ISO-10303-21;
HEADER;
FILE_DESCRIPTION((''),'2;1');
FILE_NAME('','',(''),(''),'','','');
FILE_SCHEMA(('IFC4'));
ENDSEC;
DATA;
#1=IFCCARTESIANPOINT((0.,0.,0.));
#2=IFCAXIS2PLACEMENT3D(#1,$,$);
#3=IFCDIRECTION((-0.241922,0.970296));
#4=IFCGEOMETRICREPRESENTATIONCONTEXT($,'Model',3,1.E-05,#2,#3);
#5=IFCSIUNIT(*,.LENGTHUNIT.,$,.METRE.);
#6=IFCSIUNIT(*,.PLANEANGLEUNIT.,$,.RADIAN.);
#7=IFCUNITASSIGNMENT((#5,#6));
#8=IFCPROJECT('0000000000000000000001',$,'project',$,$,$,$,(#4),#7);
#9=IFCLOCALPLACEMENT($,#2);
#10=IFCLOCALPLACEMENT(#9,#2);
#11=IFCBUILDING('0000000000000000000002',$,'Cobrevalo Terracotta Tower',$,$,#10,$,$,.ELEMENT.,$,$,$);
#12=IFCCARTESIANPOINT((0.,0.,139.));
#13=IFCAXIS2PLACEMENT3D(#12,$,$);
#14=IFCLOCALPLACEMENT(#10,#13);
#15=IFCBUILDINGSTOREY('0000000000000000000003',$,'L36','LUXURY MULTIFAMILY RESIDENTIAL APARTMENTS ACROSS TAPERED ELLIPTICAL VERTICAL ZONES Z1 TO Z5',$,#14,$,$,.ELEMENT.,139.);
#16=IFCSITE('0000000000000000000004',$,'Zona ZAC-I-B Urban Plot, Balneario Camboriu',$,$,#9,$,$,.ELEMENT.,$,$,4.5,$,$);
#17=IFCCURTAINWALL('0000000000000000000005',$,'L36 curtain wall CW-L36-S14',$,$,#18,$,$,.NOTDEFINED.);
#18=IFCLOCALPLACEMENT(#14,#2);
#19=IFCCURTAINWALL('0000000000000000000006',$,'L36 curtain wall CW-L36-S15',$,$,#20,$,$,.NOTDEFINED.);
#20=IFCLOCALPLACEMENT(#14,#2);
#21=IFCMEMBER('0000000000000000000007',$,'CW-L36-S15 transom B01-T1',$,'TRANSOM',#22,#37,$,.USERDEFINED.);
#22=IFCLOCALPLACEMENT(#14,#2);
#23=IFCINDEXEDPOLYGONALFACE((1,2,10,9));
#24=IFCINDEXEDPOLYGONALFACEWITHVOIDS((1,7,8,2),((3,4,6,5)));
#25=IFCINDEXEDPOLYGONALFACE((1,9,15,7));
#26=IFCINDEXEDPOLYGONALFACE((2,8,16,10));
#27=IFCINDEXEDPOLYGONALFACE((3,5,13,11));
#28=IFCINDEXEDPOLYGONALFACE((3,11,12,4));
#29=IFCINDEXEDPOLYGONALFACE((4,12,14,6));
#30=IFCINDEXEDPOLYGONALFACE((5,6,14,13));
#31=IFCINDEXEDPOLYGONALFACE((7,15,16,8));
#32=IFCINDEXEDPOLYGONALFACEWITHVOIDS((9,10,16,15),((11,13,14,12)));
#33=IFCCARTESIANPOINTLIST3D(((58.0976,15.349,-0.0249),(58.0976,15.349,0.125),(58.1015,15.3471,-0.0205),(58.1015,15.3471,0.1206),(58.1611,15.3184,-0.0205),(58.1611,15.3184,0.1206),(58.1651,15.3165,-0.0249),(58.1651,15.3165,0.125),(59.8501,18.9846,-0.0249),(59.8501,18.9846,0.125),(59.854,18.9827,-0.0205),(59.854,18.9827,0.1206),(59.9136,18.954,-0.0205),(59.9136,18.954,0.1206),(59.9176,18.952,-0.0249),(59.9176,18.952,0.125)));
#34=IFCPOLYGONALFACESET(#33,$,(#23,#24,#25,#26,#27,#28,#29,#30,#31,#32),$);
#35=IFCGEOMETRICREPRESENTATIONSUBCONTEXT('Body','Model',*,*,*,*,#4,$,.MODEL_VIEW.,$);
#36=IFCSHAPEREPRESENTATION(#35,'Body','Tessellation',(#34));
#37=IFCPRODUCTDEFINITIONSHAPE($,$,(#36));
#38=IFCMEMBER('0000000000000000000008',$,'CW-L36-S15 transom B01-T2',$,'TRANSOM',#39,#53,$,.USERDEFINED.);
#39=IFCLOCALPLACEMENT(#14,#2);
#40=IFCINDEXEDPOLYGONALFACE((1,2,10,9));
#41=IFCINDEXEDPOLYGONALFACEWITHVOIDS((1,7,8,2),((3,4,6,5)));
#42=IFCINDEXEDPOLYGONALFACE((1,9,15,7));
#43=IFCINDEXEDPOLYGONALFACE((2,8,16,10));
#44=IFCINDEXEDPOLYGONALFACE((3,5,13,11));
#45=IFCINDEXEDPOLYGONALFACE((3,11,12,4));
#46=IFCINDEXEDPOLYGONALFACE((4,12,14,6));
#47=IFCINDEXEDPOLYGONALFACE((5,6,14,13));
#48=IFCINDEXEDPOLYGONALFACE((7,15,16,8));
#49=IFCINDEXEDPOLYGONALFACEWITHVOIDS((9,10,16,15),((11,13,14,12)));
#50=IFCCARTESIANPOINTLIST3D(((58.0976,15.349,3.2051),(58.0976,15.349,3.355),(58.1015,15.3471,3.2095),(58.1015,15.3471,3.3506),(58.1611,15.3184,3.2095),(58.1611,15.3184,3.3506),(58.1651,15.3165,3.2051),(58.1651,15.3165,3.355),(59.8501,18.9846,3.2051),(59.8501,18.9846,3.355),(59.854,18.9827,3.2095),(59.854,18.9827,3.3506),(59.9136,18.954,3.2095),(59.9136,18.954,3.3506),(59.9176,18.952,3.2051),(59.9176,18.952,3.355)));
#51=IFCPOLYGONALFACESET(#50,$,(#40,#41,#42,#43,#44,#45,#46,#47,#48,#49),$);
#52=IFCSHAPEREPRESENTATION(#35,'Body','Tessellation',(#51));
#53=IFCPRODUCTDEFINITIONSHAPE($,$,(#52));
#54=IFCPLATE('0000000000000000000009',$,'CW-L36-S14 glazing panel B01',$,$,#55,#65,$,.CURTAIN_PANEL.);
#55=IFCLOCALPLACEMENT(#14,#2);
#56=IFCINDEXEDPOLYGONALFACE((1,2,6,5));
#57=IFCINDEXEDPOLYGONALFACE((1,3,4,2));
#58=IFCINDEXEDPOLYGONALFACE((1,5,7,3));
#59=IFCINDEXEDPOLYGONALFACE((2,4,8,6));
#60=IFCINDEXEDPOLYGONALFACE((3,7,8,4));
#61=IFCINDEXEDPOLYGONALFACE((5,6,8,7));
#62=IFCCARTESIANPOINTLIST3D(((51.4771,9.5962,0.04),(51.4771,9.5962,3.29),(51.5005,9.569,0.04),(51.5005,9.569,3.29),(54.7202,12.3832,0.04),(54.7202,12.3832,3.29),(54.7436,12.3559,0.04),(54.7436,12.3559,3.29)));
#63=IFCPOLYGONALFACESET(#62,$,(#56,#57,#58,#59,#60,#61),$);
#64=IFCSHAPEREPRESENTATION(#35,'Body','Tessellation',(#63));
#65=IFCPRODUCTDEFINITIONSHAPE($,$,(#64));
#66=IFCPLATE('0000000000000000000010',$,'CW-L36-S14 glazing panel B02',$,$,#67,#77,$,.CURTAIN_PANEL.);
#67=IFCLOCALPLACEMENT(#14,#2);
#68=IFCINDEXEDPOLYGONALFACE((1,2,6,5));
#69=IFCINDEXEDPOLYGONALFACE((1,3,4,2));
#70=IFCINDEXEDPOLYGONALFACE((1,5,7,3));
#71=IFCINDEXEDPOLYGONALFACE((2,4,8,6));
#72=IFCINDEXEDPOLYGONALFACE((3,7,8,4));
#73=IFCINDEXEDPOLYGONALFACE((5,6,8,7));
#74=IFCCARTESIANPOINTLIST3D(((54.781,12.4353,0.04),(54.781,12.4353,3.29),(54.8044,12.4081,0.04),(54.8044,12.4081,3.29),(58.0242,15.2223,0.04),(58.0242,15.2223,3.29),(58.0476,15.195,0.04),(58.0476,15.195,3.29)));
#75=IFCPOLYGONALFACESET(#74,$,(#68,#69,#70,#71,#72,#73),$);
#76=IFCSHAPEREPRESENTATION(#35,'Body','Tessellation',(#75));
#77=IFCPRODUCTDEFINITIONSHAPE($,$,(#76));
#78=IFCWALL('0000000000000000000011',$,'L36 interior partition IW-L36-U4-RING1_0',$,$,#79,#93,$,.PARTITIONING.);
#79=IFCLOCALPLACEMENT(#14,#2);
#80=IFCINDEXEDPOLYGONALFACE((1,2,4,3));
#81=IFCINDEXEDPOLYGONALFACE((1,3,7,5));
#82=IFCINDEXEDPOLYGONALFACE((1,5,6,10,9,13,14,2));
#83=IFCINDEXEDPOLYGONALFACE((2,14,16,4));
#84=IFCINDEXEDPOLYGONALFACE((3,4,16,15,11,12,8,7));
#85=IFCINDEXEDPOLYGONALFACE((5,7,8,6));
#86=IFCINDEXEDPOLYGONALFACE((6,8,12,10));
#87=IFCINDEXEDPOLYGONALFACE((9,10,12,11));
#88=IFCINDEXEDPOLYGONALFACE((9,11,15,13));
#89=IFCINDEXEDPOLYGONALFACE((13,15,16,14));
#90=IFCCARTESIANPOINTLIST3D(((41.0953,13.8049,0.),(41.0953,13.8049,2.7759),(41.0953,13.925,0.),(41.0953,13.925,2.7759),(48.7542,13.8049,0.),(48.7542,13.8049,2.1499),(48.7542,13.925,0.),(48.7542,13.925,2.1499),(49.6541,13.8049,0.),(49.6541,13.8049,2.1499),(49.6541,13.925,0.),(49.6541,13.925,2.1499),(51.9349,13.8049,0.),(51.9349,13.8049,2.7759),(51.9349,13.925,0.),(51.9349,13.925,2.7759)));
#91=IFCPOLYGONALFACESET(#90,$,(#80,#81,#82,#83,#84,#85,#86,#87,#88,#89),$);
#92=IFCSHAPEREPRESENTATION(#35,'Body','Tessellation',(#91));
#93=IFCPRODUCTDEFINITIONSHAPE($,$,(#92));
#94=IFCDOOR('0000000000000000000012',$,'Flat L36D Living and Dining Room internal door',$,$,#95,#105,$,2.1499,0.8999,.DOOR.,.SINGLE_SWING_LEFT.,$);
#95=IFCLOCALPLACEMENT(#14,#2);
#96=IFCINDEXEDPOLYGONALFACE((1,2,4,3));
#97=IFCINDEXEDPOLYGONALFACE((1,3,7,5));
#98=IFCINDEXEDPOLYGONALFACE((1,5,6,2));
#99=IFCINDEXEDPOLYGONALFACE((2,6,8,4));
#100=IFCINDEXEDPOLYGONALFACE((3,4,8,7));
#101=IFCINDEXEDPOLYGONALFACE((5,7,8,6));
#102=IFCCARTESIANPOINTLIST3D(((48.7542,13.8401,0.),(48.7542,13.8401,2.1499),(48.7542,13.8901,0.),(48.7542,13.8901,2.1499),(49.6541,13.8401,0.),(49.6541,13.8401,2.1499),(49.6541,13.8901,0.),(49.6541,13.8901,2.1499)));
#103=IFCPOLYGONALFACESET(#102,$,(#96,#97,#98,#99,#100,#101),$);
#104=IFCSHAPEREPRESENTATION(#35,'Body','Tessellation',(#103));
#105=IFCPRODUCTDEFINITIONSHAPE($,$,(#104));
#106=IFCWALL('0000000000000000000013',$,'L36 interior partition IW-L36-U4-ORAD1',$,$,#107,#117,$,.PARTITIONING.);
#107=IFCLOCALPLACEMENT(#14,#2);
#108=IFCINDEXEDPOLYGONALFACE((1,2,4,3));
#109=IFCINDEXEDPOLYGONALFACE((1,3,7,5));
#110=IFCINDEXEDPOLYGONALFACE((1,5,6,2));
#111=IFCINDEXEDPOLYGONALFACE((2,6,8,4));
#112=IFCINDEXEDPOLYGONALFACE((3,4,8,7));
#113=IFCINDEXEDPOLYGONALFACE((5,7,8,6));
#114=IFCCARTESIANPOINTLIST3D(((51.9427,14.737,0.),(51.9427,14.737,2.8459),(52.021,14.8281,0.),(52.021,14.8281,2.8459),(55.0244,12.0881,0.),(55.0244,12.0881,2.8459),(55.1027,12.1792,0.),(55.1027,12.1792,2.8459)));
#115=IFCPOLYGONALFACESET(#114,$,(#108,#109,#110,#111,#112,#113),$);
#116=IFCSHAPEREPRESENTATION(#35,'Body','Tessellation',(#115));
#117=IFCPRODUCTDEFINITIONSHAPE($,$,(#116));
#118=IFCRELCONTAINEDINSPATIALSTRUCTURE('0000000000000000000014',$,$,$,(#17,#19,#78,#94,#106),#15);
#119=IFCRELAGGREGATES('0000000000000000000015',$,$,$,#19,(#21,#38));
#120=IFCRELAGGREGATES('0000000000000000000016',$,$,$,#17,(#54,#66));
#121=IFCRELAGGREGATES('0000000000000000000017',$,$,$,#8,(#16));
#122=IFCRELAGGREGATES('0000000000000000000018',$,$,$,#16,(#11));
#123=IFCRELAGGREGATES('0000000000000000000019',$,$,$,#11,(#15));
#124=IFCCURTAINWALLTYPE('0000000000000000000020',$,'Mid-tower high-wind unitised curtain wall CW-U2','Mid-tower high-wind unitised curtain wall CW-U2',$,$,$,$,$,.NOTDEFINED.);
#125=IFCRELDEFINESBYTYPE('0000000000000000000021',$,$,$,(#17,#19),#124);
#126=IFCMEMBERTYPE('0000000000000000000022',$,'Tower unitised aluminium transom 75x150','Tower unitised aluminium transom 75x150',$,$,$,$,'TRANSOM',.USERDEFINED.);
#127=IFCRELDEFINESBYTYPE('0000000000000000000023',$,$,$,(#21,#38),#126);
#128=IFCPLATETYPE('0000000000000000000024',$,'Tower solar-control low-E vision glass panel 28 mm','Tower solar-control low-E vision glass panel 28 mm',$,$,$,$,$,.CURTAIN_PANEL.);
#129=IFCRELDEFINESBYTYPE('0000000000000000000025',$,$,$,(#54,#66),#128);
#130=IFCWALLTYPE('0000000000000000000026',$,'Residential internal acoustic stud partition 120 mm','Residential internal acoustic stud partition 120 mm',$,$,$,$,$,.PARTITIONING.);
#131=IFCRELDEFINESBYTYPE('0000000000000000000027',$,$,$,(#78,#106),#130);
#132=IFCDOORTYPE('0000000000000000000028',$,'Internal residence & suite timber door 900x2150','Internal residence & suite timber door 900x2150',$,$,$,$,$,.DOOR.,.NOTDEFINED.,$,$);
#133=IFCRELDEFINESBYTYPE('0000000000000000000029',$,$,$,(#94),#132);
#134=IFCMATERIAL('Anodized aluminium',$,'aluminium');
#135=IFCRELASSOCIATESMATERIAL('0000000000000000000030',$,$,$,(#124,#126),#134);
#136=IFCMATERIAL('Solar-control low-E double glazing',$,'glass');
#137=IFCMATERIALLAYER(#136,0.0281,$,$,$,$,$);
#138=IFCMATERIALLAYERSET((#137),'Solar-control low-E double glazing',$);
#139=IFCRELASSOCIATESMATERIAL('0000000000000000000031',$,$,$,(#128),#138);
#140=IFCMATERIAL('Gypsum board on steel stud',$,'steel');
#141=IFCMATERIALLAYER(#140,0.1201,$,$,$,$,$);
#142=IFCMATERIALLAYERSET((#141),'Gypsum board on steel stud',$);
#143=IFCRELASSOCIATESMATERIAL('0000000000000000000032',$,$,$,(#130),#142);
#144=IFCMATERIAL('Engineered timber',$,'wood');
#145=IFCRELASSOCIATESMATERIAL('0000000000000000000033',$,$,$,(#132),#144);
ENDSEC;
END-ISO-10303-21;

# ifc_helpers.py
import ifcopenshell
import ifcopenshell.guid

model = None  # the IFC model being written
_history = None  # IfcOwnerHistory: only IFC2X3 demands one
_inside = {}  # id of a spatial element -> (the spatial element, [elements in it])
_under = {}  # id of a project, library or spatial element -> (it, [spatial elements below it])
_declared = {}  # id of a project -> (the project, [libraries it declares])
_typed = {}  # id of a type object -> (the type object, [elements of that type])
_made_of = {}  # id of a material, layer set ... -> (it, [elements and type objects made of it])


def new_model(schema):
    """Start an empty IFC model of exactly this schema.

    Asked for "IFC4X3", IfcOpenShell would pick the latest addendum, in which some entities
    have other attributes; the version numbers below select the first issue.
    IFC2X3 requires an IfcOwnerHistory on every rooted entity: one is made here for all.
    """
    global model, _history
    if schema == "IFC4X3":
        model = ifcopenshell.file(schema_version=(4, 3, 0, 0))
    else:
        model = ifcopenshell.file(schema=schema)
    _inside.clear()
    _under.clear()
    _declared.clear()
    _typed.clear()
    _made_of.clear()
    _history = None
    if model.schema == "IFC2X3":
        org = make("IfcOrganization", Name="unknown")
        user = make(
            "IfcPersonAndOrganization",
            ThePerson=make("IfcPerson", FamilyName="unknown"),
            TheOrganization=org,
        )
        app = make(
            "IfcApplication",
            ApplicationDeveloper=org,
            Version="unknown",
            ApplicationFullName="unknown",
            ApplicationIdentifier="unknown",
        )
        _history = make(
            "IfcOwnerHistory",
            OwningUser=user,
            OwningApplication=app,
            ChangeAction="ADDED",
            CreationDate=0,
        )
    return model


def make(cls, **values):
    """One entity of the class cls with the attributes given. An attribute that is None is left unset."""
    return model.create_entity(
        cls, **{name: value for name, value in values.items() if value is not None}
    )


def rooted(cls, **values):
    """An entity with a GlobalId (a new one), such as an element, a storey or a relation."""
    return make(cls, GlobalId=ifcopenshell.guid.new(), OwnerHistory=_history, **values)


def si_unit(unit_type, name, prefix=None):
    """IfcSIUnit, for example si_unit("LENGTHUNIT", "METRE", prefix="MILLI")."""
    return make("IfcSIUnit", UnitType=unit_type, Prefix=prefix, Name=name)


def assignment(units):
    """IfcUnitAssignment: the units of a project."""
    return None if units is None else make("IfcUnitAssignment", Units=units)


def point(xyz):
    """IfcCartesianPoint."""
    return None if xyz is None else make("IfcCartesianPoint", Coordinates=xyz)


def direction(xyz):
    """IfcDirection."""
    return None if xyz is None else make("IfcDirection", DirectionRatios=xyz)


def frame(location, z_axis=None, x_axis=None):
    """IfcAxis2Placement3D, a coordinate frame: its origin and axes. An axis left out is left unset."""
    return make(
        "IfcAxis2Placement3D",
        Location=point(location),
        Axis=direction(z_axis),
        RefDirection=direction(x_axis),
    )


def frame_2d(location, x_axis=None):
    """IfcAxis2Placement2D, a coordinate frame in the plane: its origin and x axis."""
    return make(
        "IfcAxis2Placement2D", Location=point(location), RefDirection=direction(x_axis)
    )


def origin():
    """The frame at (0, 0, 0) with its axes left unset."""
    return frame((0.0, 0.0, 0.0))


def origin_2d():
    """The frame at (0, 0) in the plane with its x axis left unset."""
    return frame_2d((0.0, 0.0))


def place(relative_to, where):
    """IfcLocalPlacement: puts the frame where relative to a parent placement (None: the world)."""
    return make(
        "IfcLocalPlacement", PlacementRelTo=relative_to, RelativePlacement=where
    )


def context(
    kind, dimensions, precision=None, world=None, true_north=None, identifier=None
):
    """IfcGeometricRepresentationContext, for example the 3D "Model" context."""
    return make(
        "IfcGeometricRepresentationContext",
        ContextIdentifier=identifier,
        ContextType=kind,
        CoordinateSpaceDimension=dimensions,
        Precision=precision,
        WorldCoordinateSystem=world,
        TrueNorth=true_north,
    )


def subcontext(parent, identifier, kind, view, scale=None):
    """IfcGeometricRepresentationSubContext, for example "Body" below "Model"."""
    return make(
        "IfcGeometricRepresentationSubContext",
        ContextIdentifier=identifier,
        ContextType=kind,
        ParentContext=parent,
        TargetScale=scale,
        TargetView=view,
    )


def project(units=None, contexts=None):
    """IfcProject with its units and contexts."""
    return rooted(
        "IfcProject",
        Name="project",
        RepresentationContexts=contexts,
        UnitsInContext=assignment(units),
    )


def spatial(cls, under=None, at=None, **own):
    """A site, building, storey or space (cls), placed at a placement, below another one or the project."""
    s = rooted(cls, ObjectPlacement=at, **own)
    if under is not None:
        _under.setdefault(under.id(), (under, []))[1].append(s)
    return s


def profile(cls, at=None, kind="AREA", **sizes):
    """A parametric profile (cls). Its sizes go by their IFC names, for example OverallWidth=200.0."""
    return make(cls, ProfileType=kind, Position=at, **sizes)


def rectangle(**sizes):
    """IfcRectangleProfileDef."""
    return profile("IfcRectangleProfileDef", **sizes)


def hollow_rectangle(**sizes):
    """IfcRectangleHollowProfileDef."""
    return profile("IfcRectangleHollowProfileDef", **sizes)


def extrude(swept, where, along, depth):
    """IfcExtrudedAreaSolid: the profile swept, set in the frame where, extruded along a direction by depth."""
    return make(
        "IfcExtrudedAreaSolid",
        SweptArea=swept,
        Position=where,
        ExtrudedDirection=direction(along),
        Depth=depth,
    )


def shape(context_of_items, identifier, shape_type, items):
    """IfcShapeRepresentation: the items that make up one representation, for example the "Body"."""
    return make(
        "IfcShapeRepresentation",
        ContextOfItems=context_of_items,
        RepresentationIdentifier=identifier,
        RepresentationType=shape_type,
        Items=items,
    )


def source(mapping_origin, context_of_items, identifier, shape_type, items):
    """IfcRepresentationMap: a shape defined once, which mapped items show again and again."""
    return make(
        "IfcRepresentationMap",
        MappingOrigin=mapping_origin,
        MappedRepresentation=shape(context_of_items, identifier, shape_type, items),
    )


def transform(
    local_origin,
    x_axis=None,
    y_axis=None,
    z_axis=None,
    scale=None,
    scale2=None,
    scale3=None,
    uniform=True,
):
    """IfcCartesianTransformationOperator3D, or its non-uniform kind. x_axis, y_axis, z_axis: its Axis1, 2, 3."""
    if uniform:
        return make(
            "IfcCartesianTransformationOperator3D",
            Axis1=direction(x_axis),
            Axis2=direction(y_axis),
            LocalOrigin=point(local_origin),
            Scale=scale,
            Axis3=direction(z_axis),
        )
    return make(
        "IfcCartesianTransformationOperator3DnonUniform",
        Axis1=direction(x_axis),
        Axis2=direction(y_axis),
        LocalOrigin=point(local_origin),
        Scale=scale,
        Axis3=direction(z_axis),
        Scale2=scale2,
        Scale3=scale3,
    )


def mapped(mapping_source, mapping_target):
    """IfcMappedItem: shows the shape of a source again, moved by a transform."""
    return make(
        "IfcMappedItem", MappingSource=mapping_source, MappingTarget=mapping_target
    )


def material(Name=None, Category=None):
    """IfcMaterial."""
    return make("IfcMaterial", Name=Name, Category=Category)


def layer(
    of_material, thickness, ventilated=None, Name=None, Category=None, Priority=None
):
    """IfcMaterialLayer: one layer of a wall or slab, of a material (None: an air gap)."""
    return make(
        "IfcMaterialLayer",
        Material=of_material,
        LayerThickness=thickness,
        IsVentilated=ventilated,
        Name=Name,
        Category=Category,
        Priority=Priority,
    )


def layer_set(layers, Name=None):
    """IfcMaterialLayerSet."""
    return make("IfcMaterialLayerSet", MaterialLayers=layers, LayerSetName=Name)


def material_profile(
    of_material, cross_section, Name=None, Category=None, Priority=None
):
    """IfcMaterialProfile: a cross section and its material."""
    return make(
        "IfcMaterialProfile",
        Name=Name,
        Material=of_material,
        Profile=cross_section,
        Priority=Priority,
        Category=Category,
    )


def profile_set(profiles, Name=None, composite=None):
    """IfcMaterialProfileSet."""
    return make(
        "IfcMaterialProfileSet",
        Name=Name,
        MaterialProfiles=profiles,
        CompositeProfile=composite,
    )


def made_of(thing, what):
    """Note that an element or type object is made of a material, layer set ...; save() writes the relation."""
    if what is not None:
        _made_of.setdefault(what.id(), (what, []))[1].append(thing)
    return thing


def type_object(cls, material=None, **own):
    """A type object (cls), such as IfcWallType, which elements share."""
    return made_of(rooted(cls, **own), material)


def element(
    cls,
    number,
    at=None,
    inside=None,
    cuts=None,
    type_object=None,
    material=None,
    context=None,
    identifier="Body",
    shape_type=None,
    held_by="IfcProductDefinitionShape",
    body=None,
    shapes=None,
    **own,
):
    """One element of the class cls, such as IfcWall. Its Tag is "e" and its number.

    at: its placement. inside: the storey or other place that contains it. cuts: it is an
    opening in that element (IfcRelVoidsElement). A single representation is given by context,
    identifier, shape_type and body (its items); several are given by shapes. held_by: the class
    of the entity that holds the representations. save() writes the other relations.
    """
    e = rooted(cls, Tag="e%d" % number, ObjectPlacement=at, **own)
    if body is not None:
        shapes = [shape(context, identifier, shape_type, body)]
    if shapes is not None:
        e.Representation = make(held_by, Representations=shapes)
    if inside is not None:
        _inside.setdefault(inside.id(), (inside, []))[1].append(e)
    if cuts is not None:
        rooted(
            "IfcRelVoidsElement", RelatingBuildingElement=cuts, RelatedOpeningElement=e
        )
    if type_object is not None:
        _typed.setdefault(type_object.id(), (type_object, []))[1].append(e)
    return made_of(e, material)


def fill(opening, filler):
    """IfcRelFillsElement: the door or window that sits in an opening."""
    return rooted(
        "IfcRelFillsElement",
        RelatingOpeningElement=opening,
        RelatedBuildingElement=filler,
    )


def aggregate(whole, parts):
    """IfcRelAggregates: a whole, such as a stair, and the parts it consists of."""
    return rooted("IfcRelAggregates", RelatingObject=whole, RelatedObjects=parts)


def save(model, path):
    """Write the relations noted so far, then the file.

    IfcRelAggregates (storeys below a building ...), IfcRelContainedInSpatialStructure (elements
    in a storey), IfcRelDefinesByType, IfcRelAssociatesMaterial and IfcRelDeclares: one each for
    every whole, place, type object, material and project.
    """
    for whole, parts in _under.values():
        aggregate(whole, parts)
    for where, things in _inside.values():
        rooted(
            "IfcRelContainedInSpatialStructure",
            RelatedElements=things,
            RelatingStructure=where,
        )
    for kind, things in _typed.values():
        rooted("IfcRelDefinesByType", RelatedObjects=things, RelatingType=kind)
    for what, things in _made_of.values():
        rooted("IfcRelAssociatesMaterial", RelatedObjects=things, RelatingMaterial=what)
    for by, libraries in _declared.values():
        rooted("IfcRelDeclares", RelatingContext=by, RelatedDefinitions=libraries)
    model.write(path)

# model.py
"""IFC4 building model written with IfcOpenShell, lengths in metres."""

from ifc_helpers import new_model, si_unit, direction, frame, frame_2d, origin, origin_2d, place, context, subcontext, project, spatial, rectangle, hollow_rectangle, extrude, source, transform, mapped, material, layer, layer_set, material_profile, profile_set, type_object, element, fill, aggregate, save


model = new_model("IFC4")

# Units and contexts
model_context = context("Model", 3, precision=1e-05, world=origin(), true_north=direction((-0.241922, 0.970296)))
body_context = subcontext(model_context, "Body", "Model", "MODEL_VIEW")
ifc_project = project(units=[si_unit("LENGTHUNIT", "METRE"), si_unit("PLANEANGLEUNIT", "RADIAN")], contexts=[model_context])

# Site, building, storey
site_placement = place(None, origin())
site = spatial("IfcSite", under=ifc_project, at=site_placement, Name="Zona ZAC-I-B Urban Plot, Balneario Camboriu", CompositionType="ELEMENT", RefElevation=4.5)
building_placement = place(site_placement, origin())
building = spatial("IfcBuilding", under=site, at=building_placement, Name="Cobrevalo Terracotta Tower", CompositionType="ELEMENT")
storey_placement = place(building_placement, frame((0.0, 0.0, 139.0)))
storey = spatial("IfcBuildingStorey", under=building, at=storey_placement, Name="L36", Description="LUXURY MULTIFAMILY RESIDENTIAL APARTMENTS ACROSS TAPERED ELLIPTICAL VERTICAL ZONES Z1 TO Z5", CompositionType="ELEMENT", Elevation=139.0)

# Curtain wall
ifc_material_1 = material(Name="Anodized aluminium", Category="aluminium")
curtain_wall_type = type_object("IfcCurtainWallType", Name="Mid-tower high-wind unitised curtain wall CW-U2", Description="Mid-tower high-wind unitised curtain wall CW-U2", PredefinedType="NOTDEFINED", material=ifc_material_1)
curtain_wall_1_placement = place(storey_placement, origin())
curtain_wall_1 = element("IfcCurtainWall", 1, at=curtain_wall_1_placement, inside=storey, type_object=curtain_wall_type, Name="L36 curtain wall CW-L36-S14", PredefinedType="NOTDEFINED")

# Curtain wall
curtain_wall_2_placement = place(storey_placement, origin())
curtain_wall_2 = element("IfcCurtainWall", 2, at=curtain_wall_2_placement, inside=storey, type_object=curtain_wall_type, Name="L36 curtain wall CW-L36-S15", PredefinedType="NOTDEFINED")

# Members
ifc_material_profile_1 = material_profile(ifc_material_1, hollow_rectangle(XDim=0.075, YDim=0.1499, WallThickness=0.0044, at=origin_2d()), Name="CWT 75x150")
ifc_profile_set_1 = profile_set([ifc_material_profile_1], Name="Anodized aluminium")
member_type_1 = type_object("IfcMemberType", Name="Tower unitised aluminium transom 75x150", Description="Tower unitised aluminium transom 75x150", ElementType="TRANSOM", PredefinedType="USERDEFINED", material=ifc_profile_set_1)
shared_shape_1 = source(origin(), body_context, "Body", "SweptSolid", [
    extrude(hollow_rectangle(XDim=0.075, YDim=0.1499, WallThickness=0.0044, at=origin_2d()), origin(), (0.0, 0.0, 1.0), 4.0359),
])
member_1_placement = place(storey_placement, frame((58.1313, 15.3328, 0.05), z_axis=(0.434221, 0.900806, 0.0), x_axis=(-0.900806, 0.434221, 0.0)))
member_1 = element("IfcMember", 3, at=member_1_placement, type_object=member_type_1, Name="CW-L36-S15 transom B01-T1", ObjectType="TRANSOM", PredefinedType="USERDEFINED", context=body_context, shape_type="MappedRepresentation", body=[
    mapped(shared_shape_1, transform((0.0, 0.0, 0.0), scale=1.0)),
])
member_2_placement = place(storey_placement, frame((58.1313, 15.3328, 3.28), z_axis=(0.434221, 0.900806, 0.0), x_axis=(-0.900806, 0.434221, 0.0)))
member_2 = element("IfcMember", 4, at=member_2_placement, type_object=member_type_1, Name="CW-L36-S15 transom B01-T2", ObjectType="TRANSOM", PredefinedType="USERDEFINED", context=body_context, shape_type="MappedRepresentation", body=[
    mapped(shared_shape_1, transform((0.0, 0.0, 0.0), scale=1.0)),
])
aggregate(curtain_wall_2, [member_1, member_2])

# Plates
ifc_material_2 = material(Name="Solar-control low-E double glazing", Category="glass")
ifc_layer_1 = layer(ifc_material_2, 0.0281)
ifc_layer_set_1 = layer_set([ifc_layer_1], Name="Solar-control low-E double glazing")
plate_type = type_object("IfcPlateType", Name="Tower solar-control low-E vision glass panel 28 mm", Description="Tower solar-control low-E vision glass panel 28 mm", PredefinedType="CURTAIN_PANEL", material=ifc_layer_set_1)
shared_shape_2 = source(origin(), body_context, "Body", "SweptSolid", [
    extrude(rectangle(XDim=4.2761, YDim=0.0359, at=origin_2d()), origin(), (0.0, 0.0, 1.0), 3.25),
])
plate_1_placement = place(storey_placement, frame((53.1104, 10.9761, 0.04), z_axis=(0.0, 0.0, 1.0), x_axis=(0.758437, 0.651746, 0.0)))
plate_1 = element("IfcPlate", 5, at=plate_1_placement, type_object=plate_type, Name="CW-L36-S14 glazing panel B01", PredefinedType="CURTAIN_PANEL", context=body_context, shape_type="MappedRepresentation", body=[
    mapped(shared_shape_2, transform((0.0, 0.0, 0.0), scale=1.0)),
])
plate_2_placement = place(storey_placement, frame((56.4143, 13.8152, 0.04), z_axis=(0.0, 0.0, 1.0), x_axis=(0.758437, 0.651746, 0.0)))
plate_2 = element("IfcPlate", 6, at=plate_2_placement, type_object=plate_type, Name="CW-L36-S14 glazing panel B02", PredefinedType="CURTAIN_PANEL", context=body_context, shape_type="MappedRepresentation", body=[
    mapped(shared_shape_2, transform((0.0, 0.0, 0.0), scale=1.0)),
])
aggregate(curtain_wall_1, [plate_1, plate_2])

# Wall, opening, door
ifc_material_3 = material(Name="Gypsum board on steel stud", Category="steel")
ifc_layer_2 = layer(ifc_material_3, 0.1201)
ifc_layer_set_2 = layer_set([ifc_layer_2], Name="Gypsum board on steel stud")
wall_type = type_object("IfcWallType", Name="Residential internal acoustic stud partition 120 mm", Description="Residential internal acoustic stud partition 120 mm", PredefinedType="PARTITIONING", material=ifc_layer_set_2)
wall_1_placement = place(storey_placement, frame((51.9351, 13.865, 0.0), z_axis=(0.0, 0.0, 1.0), x_axis=(-1.0, 0.0, 0.0)))
wall_1 = element("IfcWall", 7, at=wall_1_placement, inside=storey, type_object=wall_type, Name="L36 interior partition IW-L36-U4-RING1_0", PredefinedType="PARTITIONING", context=body_context, shape_type="SweptSolid", body=[
    extrude(rectangle(XDim=10.8396, YDim=0.1201, at=frame_2d((5.4199, 0.0))), origin(), (0.0, 0.0, 1.0), 2.7759),
])
opening_placement = place(wall_1_placement, frame((2.281, 0.0, 0.0)))
opening = element("IfcOpeningElement", 8, at=opening_placement, cuts=wall_1, PredefinedType="OPENING", context=body_context, shape_type="SweptSolid", body=[
    extrude(rectangle(XDim=0.8999, YDim=2.1499, at=frame_2d((0.45, 1.075))), frame((0.0, 0.0701, 0.0), z_axis=(0.0, -1.0, 0.0), x_axis=(1.0, 0.0, 0.0)), (0.0, 0.0, 1.0), 0.1401),
])
ifc_material_4 = material(Name="Engineered timber", Category="wood")
door_type = type_object("IfcDoorType", Name="Internal residence & suite timber door 900x2150", Description="Internal residence & suite timber door 900x2150", OperationType="NOTDEFINED", PredefinedType="DOOR", material=ifc_material_4)
shared_shape_3 = source(origin(), body_context, "Body", "SweptSolid", [
    extrude(rectangle(XDim=0.8999, YDim=2.1499, at=frame_2d((0.45, 1.075))), frame((0.0, 0.0249, 0.0), z_axis=(0.0, -1.0, 0.0), x_axis=(1.0, 0.0, 0.0)), (0.0, 0.0, 1.0), 0.05),
])
door_placement = place(opening_placement, origin())
door = element("IfcDoor", 9, at=door_placement, inside=storey, type_object=door_type, Name="Flat L36D Living and Dining Room internal door", OperationType="SINGLE_SWING_LEFT", OverallHeight=2.1499, OverallWidth=0.8999, PredefinedType="DOOR", context=body_context, shape_type="MappedRepresentation", body=[
    mapped(shared_shape_3, transform((0.0, 0.0, 0.0), scale=1.0)),
])
fill(opening, door)

# Wall
wall_2_placement = place(storey_placement, frame((51.9819, 14.7825, 0.0), z_axis=(0.0, 0.0, 1.0), x_axis=(0.758357, -0.65184, 0.0)))
element("IfcWall", 10, at=wall_2_placement, inside=storey, type_object=wall_type, Name="L36 interior partition IW-L36-U4-ORAD1", PredefinedType="PARTITIONING", context=body_context, shape_type="SweptSolid", body=[
    extrude(rectangle(XDim=4.0637, YDim=0.1201, at=frame_2d((2.0317, 0.0))), origin(), (0.0, 0.0, 1.0), 2.8459),
])

save(model, "model.ifc")
